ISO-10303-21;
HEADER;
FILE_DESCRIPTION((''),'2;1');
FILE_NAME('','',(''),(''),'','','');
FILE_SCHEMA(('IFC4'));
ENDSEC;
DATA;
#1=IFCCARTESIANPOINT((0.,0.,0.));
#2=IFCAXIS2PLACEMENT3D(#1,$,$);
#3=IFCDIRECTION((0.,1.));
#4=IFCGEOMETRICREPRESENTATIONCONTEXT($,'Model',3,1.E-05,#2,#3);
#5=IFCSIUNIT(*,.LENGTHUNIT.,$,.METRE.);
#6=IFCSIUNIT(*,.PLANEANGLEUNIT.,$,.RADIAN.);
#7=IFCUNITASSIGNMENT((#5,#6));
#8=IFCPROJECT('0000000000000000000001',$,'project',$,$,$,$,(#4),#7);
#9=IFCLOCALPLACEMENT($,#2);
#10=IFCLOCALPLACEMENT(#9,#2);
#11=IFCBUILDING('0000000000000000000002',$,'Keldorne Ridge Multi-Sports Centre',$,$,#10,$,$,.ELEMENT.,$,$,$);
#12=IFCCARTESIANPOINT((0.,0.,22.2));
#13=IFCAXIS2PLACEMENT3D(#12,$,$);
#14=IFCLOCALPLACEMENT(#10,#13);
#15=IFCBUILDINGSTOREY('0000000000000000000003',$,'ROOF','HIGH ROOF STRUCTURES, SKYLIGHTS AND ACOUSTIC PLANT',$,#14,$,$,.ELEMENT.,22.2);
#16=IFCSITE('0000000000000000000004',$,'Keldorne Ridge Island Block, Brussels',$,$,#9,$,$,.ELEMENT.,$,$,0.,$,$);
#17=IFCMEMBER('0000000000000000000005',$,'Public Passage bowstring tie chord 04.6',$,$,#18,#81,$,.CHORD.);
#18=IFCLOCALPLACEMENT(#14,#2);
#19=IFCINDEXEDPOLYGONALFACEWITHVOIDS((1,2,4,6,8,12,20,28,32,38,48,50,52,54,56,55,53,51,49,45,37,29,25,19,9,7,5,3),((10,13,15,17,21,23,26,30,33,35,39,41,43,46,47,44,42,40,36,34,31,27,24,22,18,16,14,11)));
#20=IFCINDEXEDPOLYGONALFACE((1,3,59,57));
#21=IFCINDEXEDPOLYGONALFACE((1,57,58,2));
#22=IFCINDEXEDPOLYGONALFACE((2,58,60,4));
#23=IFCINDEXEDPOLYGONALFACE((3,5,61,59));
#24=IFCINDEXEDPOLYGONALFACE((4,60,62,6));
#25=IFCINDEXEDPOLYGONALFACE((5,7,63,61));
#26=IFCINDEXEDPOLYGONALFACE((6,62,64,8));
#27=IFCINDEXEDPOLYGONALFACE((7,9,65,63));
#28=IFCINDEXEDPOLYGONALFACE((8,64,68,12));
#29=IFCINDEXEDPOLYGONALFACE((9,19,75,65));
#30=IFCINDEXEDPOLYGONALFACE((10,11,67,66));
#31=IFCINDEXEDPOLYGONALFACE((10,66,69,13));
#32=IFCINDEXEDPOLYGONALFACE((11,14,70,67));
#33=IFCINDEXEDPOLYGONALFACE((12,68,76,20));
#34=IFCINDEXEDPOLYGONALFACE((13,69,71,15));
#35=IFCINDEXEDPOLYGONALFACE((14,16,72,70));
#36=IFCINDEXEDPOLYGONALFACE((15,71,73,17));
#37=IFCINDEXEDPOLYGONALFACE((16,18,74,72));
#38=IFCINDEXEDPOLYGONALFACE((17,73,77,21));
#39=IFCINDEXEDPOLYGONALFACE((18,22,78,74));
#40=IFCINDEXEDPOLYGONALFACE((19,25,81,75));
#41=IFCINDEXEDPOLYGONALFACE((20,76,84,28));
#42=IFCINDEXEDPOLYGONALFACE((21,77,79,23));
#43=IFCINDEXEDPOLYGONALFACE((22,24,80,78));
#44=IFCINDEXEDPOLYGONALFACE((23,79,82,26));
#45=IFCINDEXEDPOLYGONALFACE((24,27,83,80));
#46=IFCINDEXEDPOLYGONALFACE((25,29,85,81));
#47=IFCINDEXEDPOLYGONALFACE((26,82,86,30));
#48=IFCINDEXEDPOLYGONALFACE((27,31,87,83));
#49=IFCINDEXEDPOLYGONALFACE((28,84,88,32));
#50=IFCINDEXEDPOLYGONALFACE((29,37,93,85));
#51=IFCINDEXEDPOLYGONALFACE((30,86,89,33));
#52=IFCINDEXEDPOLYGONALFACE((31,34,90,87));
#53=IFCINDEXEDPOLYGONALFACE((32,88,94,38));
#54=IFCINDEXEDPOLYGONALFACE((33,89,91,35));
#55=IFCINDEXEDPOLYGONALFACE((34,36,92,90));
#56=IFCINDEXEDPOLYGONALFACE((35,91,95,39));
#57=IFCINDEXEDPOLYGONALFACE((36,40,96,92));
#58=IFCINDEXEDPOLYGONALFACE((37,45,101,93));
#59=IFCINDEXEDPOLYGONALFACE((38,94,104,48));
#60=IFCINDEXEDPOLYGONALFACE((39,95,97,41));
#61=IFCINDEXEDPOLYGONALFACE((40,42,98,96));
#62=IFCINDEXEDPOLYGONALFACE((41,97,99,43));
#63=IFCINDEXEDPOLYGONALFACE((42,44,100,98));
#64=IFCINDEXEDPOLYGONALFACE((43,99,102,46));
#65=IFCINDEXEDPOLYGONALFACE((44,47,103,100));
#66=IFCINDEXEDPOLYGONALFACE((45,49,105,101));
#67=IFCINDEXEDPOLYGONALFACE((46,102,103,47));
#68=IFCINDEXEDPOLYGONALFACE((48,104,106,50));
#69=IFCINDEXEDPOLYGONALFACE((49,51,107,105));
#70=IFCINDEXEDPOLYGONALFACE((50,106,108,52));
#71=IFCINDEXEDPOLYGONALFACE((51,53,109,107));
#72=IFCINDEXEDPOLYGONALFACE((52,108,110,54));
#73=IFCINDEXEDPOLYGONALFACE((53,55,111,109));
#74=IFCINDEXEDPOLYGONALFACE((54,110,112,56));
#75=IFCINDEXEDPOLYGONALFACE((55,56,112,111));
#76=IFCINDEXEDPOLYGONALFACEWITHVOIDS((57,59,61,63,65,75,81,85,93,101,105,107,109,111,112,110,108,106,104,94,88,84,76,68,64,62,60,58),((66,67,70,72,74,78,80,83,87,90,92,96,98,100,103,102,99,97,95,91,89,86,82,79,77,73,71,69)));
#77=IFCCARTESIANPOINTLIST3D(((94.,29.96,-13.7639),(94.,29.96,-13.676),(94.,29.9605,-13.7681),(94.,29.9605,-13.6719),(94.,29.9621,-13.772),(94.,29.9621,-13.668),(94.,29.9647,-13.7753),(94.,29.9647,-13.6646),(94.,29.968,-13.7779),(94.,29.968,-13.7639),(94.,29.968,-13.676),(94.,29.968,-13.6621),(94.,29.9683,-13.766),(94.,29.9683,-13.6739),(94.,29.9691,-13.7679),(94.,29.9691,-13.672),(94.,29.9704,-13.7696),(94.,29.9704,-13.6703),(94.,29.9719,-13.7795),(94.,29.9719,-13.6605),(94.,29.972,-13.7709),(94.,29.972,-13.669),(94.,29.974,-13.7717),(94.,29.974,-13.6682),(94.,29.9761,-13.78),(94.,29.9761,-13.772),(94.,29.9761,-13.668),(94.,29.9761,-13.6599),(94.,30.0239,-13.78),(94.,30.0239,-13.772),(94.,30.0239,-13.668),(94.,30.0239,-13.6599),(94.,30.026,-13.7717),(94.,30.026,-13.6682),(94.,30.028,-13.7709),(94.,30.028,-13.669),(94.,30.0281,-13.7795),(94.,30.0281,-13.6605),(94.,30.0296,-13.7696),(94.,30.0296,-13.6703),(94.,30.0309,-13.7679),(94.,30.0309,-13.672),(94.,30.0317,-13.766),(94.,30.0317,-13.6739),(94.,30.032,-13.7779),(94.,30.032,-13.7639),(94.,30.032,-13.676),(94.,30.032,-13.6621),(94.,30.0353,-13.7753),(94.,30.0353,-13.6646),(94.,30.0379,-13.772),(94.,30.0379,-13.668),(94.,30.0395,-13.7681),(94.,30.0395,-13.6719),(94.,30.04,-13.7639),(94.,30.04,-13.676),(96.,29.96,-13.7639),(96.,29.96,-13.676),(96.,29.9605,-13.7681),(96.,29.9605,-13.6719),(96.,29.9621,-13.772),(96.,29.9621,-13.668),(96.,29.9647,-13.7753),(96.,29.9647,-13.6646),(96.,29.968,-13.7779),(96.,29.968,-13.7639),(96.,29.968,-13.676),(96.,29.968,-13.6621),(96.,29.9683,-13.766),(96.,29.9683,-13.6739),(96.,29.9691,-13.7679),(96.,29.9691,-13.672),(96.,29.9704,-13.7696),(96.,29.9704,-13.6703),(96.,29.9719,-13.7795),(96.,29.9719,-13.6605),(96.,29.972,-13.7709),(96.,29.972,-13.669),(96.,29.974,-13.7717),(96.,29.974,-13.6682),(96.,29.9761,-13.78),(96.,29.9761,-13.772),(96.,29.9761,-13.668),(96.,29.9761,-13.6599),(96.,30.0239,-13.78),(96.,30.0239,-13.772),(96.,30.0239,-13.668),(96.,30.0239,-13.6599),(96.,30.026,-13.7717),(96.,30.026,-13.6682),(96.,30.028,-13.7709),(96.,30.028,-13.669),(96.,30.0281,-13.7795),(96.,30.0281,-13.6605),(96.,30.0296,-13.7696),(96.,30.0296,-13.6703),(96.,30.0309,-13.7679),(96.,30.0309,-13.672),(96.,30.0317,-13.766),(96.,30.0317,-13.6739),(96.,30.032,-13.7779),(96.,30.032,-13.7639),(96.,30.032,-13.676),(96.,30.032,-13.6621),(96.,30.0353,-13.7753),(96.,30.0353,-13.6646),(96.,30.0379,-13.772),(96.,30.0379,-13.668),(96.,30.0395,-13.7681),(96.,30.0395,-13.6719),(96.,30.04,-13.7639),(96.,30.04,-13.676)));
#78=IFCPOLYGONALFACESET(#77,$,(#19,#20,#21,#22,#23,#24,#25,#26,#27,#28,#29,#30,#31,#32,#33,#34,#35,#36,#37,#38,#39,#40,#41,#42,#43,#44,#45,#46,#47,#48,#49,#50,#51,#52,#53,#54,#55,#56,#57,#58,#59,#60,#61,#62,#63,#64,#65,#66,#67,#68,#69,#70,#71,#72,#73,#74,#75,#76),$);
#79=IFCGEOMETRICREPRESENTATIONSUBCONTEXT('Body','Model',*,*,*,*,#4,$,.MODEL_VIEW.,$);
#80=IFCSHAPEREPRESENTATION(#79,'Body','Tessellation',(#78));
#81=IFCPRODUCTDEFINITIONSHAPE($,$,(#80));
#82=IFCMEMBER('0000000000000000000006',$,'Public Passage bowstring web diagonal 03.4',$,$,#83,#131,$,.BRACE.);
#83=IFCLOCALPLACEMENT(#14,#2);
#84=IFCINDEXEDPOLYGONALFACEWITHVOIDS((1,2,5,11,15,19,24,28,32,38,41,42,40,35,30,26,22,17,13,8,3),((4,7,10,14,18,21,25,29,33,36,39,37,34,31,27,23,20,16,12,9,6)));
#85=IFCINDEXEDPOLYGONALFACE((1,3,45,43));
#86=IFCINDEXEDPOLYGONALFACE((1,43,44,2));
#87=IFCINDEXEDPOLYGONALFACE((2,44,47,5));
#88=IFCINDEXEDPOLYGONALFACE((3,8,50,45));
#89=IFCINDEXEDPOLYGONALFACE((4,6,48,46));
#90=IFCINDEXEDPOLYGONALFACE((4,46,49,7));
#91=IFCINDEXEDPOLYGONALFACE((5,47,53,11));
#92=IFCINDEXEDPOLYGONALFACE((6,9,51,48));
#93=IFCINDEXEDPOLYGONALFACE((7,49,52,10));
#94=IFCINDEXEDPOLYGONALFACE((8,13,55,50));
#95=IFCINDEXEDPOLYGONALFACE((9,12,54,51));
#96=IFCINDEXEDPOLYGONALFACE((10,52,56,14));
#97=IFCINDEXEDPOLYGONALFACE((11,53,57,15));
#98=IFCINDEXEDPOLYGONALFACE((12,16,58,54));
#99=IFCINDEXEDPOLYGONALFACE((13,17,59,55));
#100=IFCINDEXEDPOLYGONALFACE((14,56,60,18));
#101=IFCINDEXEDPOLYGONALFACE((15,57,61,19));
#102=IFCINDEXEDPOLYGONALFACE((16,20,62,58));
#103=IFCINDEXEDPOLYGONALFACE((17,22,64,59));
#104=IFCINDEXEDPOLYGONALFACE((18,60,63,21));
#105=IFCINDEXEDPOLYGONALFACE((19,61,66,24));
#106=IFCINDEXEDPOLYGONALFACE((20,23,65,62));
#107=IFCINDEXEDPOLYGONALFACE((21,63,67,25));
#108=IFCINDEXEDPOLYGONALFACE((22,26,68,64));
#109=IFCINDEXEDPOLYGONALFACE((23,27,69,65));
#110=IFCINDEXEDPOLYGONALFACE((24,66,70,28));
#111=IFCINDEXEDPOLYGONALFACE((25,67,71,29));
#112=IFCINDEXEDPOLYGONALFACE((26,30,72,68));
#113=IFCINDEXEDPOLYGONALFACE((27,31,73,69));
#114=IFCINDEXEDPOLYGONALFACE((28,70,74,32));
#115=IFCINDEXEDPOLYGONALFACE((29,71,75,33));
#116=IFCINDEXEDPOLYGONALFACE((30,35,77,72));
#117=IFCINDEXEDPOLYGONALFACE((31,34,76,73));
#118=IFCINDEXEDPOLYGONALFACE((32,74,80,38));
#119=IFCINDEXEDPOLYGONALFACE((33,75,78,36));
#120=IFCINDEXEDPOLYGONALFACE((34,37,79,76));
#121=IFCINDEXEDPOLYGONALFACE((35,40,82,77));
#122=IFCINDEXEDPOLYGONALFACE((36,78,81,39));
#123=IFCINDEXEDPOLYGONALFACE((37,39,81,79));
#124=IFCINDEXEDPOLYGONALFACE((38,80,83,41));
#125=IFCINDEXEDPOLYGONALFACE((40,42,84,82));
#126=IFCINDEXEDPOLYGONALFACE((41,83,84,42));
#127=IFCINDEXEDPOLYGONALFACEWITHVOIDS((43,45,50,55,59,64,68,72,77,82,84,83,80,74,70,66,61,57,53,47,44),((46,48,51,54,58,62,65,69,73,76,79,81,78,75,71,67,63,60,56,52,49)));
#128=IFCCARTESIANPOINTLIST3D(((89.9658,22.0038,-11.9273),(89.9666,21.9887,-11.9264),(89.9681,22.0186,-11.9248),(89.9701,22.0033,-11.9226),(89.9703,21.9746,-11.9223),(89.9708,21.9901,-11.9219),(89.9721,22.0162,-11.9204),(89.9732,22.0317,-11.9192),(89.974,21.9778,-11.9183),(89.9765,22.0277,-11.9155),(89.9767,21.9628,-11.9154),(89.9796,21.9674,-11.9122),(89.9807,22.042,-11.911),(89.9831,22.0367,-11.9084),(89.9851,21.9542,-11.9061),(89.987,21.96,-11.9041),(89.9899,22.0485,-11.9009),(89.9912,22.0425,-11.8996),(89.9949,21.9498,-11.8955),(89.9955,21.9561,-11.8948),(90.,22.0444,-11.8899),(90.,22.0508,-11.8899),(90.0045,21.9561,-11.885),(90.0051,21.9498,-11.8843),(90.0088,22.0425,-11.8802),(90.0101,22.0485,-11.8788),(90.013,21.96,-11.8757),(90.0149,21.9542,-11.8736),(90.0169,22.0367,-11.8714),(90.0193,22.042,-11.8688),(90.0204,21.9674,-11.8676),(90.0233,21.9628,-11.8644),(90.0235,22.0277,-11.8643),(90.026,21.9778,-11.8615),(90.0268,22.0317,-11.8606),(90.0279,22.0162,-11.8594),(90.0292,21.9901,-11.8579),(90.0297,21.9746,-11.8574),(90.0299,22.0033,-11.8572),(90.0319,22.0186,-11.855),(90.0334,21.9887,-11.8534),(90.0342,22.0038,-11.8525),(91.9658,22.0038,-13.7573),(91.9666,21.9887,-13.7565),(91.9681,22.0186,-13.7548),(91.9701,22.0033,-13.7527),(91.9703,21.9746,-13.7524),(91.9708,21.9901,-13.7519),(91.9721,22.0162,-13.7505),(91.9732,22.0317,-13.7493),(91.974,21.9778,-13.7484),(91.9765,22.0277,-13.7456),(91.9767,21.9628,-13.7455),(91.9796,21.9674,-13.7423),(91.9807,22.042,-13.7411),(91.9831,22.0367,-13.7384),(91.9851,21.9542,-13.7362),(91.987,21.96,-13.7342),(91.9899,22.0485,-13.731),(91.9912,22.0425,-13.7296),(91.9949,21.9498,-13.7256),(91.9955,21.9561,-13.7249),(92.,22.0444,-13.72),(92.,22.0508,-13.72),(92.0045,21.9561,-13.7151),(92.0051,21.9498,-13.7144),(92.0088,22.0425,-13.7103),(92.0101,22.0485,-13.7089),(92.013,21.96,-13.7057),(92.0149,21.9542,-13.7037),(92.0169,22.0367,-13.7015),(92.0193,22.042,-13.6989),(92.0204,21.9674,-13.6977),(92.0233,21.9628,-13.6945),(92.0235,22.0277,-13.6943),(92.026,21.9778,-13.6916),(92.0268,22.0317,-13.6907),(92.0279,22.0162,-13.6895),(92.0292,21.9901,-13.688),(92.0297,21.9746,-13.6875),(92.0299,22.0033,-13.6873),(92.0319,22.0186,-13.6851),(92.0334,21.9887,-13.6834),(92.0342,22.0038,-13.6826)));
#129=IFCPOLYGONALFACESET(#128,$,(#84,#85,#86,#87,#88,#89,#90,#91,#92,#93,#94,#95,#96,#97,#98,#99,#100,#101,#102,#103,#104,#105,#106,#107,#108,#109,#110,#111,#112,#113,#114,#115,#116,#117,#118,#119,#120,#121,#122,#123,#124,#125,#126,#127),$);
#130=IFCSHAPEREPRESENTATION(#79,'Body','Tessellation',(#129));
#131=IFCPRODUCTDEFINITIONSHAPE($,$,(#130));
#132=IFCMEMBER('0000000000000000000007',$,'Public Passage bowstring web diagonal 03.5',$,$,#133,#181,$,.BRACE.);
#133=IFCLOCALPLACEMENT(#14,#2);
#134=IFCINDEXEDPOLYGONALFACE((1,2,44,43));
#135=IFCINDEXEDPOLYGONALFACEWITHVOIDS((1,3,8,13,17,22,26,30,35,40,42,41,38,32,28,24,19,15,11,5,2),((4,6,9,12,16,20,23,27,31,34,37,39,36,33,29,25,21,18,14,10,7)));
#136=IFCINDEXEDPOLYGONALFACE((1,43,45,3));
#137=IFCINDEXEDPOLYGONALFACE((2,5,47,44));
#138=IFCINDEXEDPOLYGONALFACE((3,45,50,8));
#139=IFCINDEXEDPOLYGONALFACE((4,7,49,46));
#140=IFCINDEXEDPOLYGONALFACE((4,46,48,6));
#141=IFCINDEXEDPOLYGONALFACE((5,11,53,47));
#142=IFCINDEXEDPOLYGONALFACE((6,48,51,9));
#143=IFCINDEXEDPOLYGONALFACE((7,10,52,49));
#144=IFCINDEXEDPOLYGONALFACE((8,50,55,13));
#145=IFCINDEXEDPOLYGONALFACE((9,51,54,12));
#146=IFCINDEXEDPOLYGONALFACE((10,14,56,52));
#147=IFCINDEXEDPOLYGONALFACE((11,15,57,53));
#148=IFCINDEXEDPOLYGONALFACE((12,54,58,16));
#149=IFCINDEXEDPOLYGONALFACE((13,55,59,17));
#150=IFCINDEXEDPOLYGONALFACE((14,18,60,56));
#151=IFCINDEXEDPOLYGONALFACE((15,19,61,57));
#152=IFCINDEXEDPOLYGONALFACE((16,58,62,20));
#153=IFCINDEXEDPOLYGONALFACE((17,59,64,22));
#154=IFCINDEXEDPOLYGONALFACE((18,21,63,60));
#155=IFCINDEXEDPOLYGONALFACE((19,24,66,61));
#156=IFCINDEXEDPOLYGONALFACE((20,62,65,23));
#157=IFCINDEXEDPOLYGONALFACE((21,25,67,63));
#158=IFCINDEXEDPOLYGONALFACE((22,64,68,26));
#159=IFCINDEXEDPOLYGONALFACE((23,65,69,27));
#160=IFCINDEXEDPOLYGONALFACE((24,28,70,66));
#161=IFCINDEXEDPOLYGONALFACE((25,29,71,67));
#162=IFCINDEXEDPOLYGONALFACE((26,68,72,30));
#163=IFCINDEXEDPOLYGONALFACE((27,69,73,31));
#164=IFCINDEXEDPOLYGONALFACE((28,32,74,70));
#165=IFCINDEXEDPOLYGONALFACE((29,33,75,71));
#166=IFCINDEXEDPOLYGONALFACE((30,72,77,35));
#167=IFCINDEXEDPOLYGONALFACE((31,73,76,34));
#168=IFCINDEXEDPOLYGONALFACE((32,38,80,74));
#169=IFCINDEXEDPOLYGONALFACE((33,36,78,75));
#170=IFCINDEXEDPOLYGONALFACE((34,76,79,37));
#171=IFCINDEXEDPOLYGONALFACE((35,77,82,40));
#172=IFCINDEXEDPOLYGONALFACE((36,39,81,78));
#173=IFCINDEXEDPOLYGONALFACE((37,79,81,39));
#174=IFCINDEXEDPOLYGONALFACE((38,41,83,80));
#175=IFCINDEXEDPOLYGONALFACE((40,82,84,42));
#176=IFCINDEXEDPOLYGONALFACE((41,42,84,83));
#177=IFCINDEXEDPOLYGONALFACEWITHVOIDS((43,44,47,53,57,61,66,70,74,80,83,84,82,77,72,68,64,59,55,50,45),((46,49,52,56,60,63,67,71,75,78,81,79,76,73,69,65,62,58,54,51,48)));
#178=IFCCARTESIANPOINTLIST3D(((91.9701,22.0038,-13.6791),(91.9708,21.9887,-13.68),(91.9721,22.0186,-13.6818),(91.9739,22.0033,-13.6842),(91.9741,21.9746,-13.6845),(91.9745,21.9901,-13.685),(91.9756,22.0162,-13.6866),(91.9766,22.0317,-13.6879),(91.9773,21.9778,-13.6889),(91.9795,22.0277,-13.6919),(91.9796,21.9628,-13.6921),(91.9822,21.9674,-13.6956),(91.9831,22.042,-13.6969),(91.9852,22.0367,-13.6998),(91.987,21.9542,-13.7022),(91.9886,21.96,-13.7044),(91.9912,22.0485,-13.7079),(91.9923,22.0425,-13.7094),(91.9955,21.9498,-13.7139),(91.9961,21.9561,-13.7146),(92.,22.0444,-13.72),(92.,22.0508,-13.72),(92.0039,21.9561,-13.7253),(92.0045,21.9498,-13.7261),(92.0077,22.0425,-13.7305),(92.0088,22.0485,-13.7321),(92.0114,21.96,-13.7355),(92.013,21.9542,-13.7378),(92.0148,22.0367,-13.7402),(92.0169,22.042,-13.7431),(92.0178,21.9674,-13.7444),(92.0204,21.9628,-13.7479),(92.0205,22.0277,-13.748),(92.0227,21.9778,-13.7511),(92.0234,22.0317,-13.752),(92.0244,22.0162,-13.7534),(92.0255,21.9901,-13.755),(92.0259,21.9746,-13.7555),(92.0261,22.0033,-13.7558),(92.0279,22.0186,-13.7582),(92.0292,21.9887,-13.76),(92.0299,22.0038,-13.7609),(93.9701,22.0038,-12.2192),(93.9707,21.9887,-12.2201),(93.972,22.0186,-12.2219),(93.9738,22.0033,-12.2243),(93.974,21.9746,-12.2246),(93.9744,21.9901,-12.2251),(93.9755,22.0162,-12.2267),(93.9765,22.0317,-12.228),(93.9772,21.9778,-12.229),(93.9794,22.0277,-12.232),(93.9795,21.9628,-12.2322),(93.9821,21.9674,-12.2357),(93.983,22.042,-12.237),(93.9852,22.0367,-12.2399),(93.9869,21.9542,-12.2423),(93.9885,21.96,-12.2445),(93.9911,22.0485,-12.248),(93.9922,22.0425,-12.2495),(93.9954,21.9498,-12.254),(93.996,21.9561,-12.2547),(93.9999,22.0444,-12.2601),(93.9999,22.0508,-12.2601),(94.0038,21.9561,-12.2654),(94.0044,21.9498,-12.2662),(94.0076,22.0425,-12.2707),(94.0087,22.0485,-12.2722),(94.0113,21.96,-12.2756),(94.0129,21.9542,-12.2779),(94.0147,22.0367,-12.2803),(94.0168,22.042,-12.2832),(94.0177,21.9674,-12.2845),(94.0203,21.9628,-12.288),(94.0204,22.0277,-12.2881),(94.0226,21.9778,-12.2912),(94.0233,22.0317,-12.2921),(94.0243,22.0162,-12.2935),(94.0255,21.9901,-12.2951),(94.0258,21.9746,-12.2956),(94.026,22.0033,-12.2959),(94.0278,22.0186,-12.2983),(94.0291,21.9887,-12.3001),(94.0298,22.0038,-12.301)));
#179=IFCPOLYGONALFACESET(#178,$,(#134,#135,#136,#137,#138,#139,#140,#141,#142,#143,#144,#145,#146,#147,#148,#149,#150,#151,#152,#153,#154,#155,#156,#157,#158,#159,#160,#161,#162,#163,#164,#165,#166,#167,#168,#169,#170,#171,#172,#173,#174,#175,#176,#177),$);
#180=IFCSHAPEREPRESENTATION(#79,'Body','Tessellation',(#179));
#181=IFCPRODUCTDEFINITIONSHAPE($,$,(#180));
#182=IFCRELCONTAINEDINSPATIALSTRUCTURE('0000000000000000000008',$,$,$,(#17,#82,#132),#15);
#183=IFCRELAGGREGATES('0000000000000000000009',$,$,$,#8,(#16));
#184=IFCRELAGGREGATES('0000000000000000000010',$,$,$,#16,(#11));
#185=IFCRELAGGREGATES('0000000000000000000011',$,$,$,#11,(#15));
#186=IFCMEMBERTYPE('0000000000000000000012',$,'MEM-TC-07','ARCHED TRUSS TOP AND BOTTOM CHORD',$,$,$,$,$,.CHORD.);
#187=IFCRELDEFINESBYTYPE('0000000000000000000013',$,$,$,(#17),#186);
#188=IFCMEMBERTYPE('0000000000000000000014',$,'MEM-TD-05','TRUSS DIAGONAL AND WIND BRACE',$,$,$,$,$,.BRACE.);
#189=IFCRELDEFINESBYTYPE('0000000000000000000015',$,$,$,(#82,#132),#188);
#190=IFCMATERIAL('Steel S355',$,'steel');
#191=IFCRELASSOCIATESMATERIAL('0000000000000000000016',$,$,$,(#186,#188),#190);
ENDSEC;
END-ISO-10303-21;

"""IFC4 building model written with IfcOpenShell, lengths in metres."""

from ifc_helpers import new_model, si_unit, direction, frame, origin, origin_2d, place, context, subcontext, project, spatial, hollow_rectangle, hollow_circle, extrude, material, material_profile, profile_set, type_object, element, save


model = new_model("IFC4")

# Units and contexts
model_context = context("Model", 3, precision=1e-05, world=origin(), true_north=direction((0.0, 1.0)))
body_context = subcontext(model_context, "Body", "Model", "MODEL_VIEW")
ifc_project = project(units=[si_unit("LENGTHUNIT", "METRE"), si_unit("PLANEANGLEUNIT", "RADIAN")], contexts=[model_context])

# Site, building, storey
site_placement = place(None, origin())
site = spatial("IfcSite", under=ifc_project, at=site_placement, Name="Keldorne Ridge Island Block, Brussels", CompositionType="ELEMENT", RefElevation=0.0)
building_placement = place(site_placement, origin())
building = spatial("IfcBuilding", under=site, at=building_placement, Name="Keldorne Ridge Multi-Sports Centre", CompositionType="ELEMENT")
storey_placement = place(building_placement, frame((0.0, 0.0, 22.2)))
storey = spatial("IfcBuildingStorey", under=building, at=storey_placement, Name="ROOF", Description="HIGH ROOF STRUCTURES, SKYLIGHTS AND ACOUSTIC PLANT", CompositionType="ELEMENT", Elevation=22.2)

# Members
ifc_material = material(Name="Steel S355", Category="steel")
ifc_material_profile_1 = material_profile(ifc_material, hollow_rectangle(XDim=0.0801, YDim=0.1201, WallThickness=0.0081, InnerFilletRadius=0.0081, OuterFilletRadius=0.0161, at=origin_2d()), Name="RHS 120x80x8")
ifc_profile_set_1 = profile_set([ifc_material_profile_1], Name="Steel S355")
member_type_1 = type_object("IfcMemberType", Name="MEM-TC-07", Description="ARCHED TRUSS TOP AND BOTTOM CHORD", PredefinedType="CHORD", material=ifc_profile_set_1)
for number, where, z_axis, x_axis, name in (
    (1, (94.0, 30.0, -13.72), (1.0, 0.0, 0.0), (0.0, 1.0, 0.0), "Public Passage bowstring tie chord 04.6"),
):
    element("IfcMember", number, at=place(storey_placement, frame(where, z_axis=z_axis, x_axis=x_axis)), inside=storey, type_object=member_type_1, Name=name, PredefinedType="CHORD", context=body_context, shape_type="SweptSolid", body=[
        extrude(hollow_rectangle(XDim=0.0801, YDim=0.1201, WallThickness=0.0081, InnerFilletRadius=0.0081, OuterFilletRadius=0.0161, at=origin_2d()), origin(), (0.0, 0.0, 1.0), 2.0),
    ])
ifc_material_profile_2 = material_profile(ifc_material, hollow_circle(Radius=0.0508, WallThickness=0.0063, at=origin_2d()), Name="CHS 101.6x6.3")
ifc_profile_set_2 = profile_set([ifc_material_profile_2], Name="Steel S355")
member_type_2 = type_object("IfcMemberType", Name="MEM-TD-05", Description="TRUSS DIAGONAL AND WIND BRACE", PredefinedType="BRACE", material=ifc_profile_set_2)
member_1_placement = place(storey_placement, frame((90.0, 22.0, -11.8899), z_axis=(0.737752, 0.0, -0.675072), x_axis=(0.0, 1.0, 0.0)))
element("IfcMember", 2, at=member_1_placement, inside=storey, type_object=member_type_2, Name="Public Passage bowstring web diagonal 03.4", PredefinedType="BRACE", context=body_context, shape_type="SweptSolid", body=[
    extrude(hollow_circle(Radius=0.0508, WallThickness=0.0063, at=origin_2d()), origin(), (0.0, 0.0, 1.0), 2.7109),
])
for number, where, z_axis, x_axis, name in (
    (3, (92.0, 22.0, -13.72), (0.807695, 0.0, 0.589601), (0.0, 1.0, 0.0), "Public Passage bowstring web diagonal 03.5"),
):
    element("IfcMember", number, at=place(storey_placement, frame(where, z_axis=z_axis, x_axis=x_axis)), inside=storey, type_object=member_type_2, Name=name, PredefinedType="BRACE", context=body_context, shape_type="SweptSolid", body=[
        extrude(hollow_circle(Radius=0.0508, WallThickness=0.0063, at=origin_2d()), origin(), (0.0, 0.0, 1.0), 2.4761),
    ])

save(model, "model.ifc")
